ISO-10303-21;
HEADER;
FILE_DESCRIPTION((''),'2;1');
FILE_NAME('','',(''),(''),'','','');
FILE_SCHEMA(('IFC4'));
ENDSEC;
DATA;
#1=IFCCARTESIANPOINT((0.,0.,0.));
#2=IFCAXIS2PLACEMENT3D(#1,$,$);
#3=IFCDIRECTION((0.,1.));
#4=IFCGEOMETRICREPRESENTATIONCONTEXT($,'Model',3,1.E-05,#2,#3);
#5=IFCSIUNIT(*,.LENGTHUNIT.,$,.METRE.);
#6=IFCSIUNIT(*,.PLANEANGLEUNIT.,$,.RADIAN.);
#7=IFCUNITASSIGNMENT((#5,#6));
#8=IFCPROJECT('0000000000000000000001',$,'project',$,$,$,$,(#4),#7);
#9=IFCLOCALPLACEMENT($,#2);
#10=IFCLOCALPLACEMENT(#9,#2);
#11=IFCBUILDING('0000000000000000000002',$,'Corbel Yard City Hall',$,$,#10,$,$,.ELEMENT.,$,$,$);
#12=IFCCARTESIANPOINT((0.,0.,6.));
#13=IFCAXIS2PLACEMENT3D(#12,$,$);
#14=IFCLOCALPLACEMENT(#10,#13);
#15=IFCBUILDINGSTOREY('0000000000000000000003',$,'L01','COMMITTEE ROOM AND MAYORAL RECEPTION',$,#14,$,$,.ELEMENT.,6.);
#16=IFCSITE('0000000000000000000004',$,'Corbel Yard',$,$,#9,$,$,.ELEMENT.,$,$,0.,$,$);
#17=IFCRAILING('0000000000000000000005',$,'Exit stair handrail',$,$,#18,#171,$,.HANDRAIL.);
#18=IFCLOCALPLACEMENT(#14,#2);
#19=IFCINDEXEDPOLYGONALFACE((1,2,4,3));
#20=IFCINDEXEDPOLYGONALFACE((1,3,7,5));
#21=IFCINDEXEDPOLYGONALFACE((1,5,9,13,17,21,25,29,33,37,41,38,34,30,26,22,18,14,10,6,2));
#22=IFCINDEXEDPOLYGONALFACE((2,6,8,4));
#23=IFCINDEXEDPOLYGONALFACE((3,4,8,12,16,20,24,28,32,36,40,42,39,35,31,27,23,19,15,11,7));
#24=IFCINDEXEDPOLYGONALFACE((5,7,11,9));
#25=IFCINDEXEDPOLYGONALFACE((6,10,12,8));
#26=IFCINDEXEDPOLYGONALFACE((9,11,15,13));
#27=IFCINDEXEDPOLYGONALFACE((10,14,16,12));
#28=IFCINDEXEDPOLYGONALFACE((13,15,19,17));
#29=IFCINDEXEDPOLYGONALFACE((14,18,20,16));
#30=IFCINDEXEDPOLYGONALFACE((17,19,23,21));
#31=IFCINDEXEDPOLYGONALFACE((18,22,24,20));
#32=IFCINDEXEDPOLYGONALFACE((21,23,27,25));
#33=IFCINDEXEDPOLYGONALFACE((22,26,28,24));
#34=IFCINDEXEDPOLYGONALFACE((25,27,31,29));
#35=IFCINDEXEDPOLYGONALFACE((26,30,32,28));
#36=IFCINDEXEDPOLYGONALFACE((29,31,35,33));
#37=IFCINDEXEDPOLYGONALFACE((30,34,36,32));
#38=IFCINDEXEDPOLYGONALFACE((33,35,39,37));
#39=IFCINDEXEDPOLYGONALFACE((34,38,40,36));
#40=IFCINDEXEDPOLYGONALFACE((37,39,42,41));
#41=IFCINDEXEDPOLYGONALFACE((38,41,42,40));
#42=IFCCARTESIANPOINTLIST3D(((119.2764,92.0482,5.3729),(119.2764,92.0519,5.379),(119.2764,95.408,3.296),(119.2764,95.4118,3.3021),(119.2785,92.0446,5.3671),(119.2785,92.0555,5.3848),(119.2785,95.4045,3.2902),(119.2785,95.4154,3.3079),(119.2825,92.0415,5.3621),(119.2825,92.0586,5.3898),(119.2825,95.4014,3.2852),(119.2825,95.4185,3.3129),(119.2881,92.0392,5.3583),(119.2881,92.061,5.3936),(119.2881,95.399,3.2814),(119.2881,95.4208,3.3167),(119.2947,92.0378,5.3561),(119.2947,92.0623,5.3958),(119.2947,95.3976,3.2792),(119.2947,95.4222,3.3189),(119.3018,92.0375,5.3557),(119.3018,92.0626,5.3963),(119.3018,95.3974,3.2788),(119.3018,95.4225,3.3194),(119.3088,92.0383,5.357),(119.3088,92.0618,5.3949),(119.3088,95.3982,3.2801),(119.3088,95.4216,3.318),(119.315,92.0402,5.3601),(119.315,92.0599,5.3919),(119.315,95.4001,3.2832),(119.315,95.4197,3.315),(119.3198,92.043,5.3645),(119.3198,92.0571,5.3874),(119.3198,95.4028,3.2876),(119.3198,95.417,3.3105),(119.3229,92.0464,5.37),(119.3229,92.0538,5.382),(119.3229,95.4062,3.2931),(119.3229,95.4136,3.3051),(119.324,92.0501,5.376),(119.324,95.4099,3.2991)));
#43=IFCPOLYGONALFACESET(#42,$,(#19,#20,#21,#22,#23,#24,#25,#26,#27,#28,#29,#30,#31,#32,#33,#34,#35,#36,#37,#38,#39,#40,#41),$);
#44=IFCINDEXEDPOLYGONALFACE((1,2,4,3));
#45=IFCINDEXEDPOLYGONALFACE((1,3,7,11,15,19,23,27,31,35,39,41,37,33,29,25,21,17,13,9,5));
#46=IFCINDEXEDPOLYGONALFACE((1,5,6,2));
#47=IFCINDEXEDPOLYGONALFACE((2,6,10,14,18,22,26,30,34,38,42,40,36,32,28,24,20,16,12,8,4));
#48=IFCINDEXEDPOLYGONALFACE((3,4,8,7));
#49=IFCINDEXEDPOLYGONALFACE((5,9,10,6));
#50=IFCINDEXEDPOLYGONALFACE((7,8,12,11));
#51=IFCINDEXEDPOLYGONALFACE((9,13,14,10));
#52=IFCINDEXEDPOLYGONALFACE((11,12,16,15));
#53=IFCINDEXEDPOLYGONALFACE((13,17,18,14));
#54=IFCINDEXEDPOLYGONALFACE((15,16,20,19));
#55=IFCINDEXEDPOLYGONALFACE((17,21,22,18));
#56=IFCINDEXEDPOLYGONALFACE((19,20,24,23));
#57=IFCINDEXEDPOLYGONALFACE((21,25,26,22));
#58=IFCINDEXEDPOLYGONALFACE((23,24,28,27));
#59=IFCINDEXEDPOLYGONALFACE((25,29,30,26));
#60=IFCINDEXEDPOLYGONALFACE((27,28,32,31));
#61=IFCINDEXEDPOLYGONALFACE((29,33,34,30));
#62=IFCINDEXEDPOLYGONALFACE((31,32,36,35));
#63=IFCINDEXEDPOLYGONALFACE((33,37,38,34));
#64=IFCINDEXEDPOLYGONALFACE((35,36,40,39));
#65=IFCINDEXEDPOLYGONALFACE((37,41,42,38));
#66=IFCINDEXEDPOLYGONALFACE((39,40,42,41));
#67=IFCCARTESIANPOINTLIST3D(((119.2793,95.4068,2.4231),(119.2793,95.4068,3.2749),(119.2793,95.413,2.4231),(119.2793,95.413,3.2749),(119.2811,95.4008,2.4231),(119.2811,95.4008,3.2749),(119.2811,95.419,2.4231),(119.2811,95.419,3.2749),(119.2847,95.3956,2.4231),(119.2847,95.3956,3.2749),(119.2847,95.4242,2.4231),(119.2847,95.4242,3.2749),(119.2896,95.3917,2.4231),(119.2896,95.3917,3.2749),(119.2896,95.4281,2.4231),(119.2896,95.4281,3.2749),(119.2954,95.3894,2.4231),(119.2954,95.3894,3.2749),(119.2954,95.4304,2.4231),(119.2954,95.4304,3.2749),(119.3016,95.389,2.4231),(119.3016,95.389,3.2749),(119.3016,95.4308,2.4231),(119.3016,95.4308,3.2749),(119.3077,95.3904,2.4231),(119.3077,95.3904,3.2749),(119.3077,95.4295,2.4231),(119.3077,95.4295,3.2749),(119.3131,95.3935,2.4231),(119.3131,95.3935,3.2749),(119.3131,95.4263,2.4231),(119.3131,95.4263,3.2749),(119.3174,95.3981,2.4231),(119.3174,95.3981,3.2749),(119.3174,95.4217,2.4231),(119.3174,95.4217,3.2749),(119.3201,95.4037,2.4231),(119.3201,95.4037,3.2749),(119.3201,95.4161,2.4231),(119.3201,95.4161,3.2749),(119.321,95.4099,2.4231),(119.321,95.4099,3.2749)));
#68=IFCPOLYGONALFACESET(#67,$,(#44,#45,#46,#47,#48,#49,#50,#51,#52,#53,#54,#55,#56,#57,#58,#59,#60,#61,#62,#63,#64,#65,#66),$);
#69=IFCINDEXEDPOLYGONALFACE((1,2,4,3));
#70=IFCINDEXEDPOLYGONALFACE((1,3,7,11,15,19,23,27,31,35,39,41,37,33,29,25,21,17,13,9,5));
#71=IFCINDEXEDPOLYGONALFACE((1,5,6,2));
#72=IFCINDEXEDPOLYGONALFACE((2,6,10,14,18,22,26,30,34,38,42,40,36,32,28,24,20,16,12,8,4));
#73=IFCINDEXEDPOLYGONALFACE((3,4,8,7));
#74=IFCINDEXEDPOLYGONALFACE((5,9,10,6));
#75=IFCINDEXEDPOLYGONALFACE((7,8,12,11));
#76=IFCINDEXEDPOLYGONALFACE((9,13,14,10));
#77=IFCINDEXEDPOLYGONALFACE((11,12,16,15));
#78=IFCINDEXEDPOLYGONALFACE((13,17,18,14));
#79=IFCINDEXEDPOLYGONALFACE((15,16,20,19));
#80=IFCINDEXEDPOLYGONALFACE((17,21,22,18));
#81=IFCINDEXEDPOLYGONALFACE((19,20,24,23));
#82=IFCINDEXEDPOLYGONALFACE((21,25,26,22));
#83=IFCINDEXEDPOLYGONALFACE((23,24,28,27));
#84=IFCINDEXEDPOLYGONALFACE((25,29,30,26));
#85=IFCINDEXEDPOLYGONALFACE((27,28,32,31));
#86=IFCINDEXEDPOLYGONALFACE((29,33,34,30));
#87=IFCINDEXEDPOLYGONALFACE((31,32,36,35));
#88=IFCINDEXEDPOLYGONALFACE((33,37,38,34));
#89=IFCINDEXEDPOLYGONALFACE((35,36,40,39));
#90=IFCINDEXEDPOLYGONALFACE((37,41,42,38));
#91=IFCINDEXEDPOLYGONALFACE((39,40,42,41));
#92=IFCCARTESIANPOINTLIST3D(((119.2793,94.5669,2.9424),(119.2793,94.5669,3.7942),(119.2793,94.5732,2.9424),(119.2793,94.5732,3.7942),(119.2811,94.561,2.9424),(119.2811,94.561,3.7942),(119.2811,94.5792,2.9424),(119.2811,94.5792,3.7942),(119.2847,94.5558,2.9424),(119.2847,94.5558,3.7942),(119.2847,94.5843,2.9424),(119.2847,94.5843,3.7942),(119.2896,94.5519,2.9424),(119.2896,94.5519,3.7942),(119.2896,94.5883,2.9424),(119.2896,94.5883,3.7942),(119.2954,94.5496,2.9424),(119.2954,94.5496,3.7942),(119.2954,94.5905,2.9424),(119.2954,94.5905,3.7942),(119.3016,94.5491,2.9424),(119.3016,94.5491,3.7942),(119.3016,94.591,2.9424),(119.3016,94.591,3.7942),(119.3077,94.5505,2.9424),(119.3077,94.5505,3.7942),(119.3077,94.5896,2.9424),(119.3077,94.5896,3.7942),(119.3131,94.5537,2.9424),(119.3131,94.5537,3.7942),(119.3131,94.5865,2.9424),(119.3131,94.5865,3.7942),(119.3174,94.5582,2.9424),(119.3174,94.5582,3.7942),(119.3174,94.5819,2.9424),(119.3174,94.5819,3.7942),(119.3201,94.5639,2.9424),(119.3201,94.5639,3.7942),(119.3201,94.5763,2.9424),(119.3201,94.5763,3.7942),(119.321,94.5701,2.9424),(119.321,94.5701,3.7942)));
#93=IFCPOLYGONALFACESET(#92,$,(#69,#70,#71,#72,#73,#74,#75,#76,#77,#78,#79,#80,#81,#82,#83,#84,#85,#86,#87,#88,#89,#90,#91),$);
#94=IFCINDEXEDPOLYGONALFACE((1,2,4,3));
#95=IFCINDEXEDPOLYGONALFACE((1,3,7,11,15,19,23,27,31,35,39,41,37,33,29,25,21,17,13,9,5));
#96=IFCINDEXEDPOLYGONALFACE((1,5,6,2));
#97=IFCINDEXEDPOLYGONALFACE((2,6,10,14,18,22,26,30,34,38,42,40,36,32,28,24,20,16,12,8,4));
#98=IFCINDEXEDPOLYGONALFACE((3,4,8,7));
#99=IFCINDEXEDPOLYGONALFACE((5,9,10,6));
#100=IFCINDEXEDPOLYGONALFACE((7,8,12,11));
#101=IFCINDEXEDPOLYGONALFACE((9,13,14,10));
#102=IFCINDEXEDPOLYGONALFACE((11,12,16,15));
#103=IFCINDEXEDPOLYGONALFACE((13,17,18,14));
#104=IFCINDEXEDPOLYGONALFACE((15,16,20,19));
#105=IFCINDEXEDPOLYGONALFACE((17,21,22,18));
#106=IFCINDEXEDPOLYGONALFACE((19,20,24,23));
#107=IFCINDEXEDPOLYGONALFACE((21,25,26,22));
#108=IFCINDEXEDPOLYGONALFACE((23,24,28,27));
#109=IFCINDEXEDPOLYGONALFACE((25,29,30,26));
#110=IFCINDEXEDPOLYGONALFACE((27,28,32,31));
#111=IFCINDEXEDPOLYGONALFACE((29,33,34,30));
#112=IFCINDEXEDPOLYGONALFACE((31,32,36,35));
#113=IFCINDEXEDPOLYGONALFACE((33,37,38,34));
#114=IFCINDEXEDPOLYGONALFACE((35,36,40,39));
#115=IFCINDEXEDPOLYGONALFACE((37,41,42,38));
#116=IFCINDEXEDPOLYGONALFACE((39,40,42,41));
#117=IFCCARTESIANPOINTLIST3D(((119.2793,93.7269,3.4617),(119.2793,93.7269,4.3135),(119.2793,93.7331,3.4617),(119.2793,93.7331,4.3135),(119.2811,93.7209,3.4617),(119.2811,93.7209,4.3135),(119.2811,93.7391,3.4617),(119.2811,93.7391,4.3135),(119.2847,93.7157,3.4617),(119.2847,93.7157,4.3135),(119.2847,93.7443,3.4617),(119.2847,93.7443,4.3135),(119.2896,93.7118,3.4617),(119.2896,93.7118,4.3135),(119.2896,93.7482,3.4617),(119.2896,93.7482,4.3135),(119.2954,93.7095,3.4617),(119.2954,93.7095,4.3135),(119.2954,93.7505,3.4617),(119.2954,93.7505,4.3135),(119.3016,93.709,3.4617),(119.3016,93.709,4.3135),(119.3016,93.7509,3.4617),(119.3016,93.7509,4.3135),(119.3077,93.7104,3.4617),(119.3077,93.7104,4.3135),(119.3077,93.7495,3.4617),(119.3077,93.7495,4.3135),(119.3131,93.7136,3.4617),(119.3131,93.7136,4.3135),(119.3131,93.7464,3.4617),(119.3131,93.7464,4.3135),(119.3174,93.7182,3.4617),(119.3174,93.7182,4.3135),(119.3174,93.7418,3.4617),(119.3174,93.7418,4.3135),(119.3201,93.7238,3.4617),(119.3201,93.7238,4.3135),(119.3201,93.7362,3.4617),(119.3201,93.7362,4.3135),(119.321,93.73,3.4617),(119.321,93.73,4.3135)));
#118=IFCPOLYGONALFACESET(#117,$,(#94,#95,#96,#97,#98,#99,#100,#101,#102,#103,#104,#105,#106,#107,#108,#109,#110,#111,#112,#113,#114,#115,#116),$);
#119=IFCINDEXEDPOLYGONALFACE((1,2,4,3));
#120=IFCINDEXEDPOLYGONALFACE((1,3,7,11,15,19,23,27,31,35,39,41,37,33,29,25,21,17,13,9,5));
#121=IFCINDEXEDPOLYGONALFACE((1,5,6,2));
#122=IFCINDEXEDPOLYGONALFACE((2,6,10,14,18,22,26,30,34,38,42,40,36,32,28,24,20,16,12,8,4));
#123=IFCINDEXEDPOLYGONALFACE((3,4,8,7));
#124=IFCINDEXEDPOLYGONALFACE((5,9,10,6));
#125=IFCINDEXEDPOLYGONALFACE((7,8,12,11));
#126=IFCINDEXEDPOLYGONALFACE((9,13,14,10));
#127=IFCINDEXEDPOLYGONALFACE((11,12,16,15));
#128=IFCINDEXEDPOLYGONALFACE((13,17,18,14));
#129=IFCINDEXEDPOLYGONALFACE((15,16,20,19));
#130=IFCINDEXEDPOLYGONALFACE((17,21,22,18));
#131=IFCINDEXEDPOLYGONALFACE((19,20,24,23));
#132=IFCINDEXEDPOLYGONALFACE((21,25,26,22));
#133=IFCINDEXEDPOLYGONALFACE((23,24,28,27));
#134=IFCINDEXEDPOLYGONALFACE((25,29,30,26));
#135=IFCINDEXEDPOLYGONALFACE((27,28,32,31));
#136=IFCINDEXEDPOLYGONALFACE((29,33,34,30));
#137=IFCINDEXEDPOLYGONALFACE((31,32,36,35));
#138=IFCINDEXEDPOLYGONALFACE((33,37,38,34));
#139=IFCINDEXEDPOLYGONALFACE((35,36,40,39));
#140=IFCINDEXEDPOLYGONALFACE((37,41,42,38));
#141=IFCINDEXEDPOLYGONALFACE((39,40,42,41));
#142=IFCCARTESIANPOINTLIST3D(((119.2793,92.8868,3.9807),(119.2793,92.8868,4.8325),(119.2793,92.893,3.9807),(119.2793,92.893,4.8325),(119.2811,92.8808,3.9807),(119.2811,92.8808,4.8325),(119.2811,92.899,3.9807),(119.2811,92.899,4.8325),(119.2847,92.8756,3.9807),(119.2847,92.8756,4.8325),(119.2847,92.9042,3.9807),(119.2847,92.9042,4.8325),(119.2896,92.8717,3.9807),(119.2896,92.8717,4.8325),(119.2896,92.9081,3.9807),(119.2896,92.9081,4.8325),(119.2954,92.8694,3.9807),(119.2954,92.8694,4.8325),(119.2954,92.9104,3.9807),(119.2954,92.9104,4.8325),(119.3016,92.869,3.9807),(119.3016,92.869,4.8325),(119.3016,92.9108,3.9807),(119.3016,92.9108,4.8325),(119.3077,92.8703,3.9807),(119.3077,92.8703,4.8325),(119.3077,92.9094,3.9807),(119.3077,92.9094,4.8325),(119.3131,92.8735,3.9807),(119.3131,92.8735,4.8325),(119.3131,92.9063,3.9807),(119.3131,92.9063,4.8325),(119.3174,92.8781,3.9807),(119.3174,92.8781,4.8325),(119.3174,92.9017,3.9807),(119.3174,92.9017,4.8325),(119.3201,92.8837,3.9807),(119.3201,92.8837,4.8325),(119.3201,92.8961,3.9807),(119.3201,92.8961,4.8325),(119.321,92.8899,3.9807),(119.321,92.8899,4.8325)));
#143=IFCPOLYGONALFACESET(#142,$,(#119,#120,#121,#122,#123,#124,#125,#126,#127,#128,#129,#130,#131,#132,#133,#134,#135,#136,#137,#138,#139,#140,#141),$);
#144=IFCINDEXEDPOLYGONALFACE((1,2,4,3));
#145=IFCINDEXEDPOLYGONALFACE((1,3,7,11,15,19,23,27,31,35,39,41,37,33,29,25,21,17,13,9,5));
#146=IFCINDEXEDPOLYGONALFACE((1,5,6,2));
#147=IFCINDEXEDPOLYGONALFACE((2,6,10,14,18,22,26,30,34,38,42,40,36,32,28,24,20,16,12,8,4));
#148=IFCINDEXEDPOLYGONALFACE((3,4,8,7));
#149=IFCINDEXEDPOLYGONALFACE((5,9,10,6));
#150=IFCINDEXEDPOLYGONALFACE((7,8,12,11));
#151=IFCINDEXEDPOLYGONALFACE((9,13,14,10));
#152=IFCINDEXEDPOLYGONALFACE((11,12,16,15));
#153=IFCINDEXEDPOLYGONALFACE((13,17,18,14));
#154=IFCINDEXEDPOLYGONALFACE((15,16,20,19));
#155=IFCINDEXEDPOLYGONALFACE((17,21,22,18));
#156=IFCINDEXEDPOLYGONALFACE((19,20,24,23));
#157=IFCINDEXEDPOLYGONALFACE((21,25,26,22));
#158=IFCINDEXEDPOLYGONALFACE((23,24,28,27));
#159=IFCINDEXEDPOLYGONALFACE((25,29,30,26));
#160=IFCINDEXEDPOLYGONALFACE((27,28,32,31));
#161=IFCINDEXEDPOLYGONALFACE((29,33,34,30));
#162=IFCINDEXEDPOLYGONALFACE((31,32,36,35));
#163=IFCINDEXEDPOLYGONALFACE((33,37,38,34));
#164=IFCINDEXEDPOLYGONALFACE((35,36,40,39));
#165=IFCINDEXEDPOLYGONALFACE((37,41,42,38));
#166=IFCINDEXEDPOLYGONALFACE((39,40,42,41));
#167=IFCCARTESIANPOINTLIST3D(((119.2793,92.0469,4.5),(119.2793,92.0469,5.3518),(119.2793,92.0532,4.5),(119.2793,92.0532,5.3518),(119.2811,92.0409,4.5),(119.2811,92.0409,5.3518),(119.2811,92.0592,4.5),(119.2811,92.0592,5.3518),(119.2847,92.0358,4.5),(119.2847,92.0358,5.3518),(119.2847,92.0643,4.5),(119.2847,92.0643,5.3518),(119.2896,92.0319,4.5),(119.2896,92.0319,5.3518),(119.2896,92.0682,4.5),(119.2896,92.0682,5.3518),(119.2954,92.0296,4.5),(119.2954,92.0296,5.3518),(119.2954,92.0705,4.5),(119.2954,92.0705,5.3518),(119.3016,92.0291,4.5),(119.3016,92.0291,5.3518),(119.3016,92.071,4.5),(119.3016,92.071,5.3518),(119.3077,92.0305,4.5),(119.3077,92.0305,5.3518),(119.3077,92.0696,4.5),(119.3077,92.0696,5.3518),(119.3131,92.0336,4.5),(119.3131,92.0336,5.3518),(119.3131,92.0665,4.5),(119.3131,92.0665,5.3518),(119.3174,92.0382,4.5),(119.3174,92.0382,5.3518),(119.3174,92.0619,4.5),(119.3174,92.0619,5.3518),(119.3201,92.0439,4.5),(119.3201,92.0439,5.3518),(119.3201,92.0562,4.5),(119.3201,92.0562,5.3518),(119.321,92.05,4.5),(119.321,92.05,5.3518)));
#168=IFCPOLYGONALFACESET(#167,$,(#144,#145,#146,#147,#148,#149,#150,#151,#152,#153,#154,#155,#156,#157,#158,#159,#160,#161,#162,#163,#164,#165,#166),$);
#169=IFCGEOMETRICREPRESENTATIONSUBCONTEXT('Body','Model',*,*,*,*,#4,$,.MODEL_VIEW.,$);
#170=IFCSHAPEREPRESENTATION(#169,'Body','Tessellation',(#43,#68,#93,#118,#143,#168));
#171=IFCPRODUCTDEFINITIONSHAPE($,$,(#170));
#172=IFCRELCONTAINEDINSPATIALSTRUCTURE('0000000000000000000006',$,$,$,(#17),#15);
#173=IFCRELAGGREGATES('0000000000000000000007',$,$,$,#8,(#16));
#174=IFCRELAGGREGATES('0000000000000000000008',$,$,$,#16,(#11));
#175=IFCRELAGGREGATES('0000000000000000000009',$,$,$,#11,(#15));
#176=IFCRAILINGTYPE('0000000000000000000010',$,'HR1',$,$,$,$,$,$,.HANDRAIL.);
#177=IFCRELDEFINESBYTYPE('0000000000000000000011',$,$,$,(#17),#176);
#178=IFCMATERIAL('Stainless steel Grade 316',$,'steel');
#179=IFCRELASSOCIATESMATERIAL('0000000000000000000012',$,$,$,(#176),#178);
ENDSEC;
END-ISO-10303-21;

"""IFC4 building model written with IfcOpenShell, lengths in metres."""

from ifc_helpers import new_model, si_unit, direction, frame, origin, origin_2d, place, context, subcontext, project, spatial, circle, extrude, material, type_object, element, save


model = new_model("IFC4")

# Units and contexts
model_context = context("Model", 3, precision=1e-05, world=origin(), true_north=direction((0.0, 1.0)))
body_context = subcontext(model_context, "Body", "Model", "MODEL_VIEW")
ifc_project = project(units=[si_unit("LENGTHUNIT", "METRE"), si_unit("PLANEANGLEUNIT", "RADIAN")], contexts=[model_context])

# Site, building, storey
site_placement = place(None, origin())
site = spatial("IfcSite", under=ifc_project, at=site_placement, Name="Corbel Yard", CompositionType="ELEMENT", RefElevation=0.0)
building_placement = place(site_placement, origin())
building = spatial("IfcBuilding", under=site, at=building_placement, Name="Corbel Yard City Hall", CompositionType="ELEMENT")
storey_placement = place(building_placement, frame((0.0, 0.0, 6.0)))
storey = spatial("IfcBuildingStorey", under=building, at=storey_placement, Name="L01", Description="COMMITTEE ROOM AND MAYORAL RECEPTION", CompositionType="ELEMENT", Elevation=6.0)

# Shared definitions
ifc_material_1 = material(Name="Stainless steel Grade 316", Category="steel")

# Railing
railing_type = type_object("IfcRailingType", Name="HR1", PredefinedType="HANDRAIL", material=ifc_material_1)
for number, where, name in (
    (1, (119.3, 95.4099, 2.4231), "Exit stair handrail"),
):
    element("IfcRailing", number, at=place(storey_placement, frame(where)), inside=storey, type_object=railing_type, Name=name, PredefinedType="HANDRAIL", context=body_context, shape_type="SweptSolid", body=[
        extrude(circle(Radius=0.0239, at=origin_2d()), frame((0.0, 0.0, 0.876), z_axis=(0.0, -0.850606, 0.525803), x_axis=(1.0, 0.0, 0.0)), (0.0, 0.0, 1.0), 3.95),
        extrude(circle(Radius=0.021, at=origin_2d()), origin(), (0.0, 0.0, 1.0), 0.8518),
        extrude(circle(Radius=0.021, at=origin_2d()), frame((0.0, -0.8398, 0.5193)), (0.0, 0.0, 1.0), 0.8518),
        extrude(circle(Radius=0.021, at=origin_2d()), frame((0.0, -1.6799, 1.0386)), (0.0, 0.0, 1.0), 0.8518),
        extrude(circle(Radius=0.021, at=origin_2d()), frame((0.0, -2.52, 1.5576)), (0.0, 0.0, 1.0), 0.8518),
        extrude(circle(Radius=0.021, at=origin_2d()), frame((0.0, -3.3599, 2.0769)), (0.0, 0.0, 1.0), 0.8518),
    ])

save(model, "model.ifc")
